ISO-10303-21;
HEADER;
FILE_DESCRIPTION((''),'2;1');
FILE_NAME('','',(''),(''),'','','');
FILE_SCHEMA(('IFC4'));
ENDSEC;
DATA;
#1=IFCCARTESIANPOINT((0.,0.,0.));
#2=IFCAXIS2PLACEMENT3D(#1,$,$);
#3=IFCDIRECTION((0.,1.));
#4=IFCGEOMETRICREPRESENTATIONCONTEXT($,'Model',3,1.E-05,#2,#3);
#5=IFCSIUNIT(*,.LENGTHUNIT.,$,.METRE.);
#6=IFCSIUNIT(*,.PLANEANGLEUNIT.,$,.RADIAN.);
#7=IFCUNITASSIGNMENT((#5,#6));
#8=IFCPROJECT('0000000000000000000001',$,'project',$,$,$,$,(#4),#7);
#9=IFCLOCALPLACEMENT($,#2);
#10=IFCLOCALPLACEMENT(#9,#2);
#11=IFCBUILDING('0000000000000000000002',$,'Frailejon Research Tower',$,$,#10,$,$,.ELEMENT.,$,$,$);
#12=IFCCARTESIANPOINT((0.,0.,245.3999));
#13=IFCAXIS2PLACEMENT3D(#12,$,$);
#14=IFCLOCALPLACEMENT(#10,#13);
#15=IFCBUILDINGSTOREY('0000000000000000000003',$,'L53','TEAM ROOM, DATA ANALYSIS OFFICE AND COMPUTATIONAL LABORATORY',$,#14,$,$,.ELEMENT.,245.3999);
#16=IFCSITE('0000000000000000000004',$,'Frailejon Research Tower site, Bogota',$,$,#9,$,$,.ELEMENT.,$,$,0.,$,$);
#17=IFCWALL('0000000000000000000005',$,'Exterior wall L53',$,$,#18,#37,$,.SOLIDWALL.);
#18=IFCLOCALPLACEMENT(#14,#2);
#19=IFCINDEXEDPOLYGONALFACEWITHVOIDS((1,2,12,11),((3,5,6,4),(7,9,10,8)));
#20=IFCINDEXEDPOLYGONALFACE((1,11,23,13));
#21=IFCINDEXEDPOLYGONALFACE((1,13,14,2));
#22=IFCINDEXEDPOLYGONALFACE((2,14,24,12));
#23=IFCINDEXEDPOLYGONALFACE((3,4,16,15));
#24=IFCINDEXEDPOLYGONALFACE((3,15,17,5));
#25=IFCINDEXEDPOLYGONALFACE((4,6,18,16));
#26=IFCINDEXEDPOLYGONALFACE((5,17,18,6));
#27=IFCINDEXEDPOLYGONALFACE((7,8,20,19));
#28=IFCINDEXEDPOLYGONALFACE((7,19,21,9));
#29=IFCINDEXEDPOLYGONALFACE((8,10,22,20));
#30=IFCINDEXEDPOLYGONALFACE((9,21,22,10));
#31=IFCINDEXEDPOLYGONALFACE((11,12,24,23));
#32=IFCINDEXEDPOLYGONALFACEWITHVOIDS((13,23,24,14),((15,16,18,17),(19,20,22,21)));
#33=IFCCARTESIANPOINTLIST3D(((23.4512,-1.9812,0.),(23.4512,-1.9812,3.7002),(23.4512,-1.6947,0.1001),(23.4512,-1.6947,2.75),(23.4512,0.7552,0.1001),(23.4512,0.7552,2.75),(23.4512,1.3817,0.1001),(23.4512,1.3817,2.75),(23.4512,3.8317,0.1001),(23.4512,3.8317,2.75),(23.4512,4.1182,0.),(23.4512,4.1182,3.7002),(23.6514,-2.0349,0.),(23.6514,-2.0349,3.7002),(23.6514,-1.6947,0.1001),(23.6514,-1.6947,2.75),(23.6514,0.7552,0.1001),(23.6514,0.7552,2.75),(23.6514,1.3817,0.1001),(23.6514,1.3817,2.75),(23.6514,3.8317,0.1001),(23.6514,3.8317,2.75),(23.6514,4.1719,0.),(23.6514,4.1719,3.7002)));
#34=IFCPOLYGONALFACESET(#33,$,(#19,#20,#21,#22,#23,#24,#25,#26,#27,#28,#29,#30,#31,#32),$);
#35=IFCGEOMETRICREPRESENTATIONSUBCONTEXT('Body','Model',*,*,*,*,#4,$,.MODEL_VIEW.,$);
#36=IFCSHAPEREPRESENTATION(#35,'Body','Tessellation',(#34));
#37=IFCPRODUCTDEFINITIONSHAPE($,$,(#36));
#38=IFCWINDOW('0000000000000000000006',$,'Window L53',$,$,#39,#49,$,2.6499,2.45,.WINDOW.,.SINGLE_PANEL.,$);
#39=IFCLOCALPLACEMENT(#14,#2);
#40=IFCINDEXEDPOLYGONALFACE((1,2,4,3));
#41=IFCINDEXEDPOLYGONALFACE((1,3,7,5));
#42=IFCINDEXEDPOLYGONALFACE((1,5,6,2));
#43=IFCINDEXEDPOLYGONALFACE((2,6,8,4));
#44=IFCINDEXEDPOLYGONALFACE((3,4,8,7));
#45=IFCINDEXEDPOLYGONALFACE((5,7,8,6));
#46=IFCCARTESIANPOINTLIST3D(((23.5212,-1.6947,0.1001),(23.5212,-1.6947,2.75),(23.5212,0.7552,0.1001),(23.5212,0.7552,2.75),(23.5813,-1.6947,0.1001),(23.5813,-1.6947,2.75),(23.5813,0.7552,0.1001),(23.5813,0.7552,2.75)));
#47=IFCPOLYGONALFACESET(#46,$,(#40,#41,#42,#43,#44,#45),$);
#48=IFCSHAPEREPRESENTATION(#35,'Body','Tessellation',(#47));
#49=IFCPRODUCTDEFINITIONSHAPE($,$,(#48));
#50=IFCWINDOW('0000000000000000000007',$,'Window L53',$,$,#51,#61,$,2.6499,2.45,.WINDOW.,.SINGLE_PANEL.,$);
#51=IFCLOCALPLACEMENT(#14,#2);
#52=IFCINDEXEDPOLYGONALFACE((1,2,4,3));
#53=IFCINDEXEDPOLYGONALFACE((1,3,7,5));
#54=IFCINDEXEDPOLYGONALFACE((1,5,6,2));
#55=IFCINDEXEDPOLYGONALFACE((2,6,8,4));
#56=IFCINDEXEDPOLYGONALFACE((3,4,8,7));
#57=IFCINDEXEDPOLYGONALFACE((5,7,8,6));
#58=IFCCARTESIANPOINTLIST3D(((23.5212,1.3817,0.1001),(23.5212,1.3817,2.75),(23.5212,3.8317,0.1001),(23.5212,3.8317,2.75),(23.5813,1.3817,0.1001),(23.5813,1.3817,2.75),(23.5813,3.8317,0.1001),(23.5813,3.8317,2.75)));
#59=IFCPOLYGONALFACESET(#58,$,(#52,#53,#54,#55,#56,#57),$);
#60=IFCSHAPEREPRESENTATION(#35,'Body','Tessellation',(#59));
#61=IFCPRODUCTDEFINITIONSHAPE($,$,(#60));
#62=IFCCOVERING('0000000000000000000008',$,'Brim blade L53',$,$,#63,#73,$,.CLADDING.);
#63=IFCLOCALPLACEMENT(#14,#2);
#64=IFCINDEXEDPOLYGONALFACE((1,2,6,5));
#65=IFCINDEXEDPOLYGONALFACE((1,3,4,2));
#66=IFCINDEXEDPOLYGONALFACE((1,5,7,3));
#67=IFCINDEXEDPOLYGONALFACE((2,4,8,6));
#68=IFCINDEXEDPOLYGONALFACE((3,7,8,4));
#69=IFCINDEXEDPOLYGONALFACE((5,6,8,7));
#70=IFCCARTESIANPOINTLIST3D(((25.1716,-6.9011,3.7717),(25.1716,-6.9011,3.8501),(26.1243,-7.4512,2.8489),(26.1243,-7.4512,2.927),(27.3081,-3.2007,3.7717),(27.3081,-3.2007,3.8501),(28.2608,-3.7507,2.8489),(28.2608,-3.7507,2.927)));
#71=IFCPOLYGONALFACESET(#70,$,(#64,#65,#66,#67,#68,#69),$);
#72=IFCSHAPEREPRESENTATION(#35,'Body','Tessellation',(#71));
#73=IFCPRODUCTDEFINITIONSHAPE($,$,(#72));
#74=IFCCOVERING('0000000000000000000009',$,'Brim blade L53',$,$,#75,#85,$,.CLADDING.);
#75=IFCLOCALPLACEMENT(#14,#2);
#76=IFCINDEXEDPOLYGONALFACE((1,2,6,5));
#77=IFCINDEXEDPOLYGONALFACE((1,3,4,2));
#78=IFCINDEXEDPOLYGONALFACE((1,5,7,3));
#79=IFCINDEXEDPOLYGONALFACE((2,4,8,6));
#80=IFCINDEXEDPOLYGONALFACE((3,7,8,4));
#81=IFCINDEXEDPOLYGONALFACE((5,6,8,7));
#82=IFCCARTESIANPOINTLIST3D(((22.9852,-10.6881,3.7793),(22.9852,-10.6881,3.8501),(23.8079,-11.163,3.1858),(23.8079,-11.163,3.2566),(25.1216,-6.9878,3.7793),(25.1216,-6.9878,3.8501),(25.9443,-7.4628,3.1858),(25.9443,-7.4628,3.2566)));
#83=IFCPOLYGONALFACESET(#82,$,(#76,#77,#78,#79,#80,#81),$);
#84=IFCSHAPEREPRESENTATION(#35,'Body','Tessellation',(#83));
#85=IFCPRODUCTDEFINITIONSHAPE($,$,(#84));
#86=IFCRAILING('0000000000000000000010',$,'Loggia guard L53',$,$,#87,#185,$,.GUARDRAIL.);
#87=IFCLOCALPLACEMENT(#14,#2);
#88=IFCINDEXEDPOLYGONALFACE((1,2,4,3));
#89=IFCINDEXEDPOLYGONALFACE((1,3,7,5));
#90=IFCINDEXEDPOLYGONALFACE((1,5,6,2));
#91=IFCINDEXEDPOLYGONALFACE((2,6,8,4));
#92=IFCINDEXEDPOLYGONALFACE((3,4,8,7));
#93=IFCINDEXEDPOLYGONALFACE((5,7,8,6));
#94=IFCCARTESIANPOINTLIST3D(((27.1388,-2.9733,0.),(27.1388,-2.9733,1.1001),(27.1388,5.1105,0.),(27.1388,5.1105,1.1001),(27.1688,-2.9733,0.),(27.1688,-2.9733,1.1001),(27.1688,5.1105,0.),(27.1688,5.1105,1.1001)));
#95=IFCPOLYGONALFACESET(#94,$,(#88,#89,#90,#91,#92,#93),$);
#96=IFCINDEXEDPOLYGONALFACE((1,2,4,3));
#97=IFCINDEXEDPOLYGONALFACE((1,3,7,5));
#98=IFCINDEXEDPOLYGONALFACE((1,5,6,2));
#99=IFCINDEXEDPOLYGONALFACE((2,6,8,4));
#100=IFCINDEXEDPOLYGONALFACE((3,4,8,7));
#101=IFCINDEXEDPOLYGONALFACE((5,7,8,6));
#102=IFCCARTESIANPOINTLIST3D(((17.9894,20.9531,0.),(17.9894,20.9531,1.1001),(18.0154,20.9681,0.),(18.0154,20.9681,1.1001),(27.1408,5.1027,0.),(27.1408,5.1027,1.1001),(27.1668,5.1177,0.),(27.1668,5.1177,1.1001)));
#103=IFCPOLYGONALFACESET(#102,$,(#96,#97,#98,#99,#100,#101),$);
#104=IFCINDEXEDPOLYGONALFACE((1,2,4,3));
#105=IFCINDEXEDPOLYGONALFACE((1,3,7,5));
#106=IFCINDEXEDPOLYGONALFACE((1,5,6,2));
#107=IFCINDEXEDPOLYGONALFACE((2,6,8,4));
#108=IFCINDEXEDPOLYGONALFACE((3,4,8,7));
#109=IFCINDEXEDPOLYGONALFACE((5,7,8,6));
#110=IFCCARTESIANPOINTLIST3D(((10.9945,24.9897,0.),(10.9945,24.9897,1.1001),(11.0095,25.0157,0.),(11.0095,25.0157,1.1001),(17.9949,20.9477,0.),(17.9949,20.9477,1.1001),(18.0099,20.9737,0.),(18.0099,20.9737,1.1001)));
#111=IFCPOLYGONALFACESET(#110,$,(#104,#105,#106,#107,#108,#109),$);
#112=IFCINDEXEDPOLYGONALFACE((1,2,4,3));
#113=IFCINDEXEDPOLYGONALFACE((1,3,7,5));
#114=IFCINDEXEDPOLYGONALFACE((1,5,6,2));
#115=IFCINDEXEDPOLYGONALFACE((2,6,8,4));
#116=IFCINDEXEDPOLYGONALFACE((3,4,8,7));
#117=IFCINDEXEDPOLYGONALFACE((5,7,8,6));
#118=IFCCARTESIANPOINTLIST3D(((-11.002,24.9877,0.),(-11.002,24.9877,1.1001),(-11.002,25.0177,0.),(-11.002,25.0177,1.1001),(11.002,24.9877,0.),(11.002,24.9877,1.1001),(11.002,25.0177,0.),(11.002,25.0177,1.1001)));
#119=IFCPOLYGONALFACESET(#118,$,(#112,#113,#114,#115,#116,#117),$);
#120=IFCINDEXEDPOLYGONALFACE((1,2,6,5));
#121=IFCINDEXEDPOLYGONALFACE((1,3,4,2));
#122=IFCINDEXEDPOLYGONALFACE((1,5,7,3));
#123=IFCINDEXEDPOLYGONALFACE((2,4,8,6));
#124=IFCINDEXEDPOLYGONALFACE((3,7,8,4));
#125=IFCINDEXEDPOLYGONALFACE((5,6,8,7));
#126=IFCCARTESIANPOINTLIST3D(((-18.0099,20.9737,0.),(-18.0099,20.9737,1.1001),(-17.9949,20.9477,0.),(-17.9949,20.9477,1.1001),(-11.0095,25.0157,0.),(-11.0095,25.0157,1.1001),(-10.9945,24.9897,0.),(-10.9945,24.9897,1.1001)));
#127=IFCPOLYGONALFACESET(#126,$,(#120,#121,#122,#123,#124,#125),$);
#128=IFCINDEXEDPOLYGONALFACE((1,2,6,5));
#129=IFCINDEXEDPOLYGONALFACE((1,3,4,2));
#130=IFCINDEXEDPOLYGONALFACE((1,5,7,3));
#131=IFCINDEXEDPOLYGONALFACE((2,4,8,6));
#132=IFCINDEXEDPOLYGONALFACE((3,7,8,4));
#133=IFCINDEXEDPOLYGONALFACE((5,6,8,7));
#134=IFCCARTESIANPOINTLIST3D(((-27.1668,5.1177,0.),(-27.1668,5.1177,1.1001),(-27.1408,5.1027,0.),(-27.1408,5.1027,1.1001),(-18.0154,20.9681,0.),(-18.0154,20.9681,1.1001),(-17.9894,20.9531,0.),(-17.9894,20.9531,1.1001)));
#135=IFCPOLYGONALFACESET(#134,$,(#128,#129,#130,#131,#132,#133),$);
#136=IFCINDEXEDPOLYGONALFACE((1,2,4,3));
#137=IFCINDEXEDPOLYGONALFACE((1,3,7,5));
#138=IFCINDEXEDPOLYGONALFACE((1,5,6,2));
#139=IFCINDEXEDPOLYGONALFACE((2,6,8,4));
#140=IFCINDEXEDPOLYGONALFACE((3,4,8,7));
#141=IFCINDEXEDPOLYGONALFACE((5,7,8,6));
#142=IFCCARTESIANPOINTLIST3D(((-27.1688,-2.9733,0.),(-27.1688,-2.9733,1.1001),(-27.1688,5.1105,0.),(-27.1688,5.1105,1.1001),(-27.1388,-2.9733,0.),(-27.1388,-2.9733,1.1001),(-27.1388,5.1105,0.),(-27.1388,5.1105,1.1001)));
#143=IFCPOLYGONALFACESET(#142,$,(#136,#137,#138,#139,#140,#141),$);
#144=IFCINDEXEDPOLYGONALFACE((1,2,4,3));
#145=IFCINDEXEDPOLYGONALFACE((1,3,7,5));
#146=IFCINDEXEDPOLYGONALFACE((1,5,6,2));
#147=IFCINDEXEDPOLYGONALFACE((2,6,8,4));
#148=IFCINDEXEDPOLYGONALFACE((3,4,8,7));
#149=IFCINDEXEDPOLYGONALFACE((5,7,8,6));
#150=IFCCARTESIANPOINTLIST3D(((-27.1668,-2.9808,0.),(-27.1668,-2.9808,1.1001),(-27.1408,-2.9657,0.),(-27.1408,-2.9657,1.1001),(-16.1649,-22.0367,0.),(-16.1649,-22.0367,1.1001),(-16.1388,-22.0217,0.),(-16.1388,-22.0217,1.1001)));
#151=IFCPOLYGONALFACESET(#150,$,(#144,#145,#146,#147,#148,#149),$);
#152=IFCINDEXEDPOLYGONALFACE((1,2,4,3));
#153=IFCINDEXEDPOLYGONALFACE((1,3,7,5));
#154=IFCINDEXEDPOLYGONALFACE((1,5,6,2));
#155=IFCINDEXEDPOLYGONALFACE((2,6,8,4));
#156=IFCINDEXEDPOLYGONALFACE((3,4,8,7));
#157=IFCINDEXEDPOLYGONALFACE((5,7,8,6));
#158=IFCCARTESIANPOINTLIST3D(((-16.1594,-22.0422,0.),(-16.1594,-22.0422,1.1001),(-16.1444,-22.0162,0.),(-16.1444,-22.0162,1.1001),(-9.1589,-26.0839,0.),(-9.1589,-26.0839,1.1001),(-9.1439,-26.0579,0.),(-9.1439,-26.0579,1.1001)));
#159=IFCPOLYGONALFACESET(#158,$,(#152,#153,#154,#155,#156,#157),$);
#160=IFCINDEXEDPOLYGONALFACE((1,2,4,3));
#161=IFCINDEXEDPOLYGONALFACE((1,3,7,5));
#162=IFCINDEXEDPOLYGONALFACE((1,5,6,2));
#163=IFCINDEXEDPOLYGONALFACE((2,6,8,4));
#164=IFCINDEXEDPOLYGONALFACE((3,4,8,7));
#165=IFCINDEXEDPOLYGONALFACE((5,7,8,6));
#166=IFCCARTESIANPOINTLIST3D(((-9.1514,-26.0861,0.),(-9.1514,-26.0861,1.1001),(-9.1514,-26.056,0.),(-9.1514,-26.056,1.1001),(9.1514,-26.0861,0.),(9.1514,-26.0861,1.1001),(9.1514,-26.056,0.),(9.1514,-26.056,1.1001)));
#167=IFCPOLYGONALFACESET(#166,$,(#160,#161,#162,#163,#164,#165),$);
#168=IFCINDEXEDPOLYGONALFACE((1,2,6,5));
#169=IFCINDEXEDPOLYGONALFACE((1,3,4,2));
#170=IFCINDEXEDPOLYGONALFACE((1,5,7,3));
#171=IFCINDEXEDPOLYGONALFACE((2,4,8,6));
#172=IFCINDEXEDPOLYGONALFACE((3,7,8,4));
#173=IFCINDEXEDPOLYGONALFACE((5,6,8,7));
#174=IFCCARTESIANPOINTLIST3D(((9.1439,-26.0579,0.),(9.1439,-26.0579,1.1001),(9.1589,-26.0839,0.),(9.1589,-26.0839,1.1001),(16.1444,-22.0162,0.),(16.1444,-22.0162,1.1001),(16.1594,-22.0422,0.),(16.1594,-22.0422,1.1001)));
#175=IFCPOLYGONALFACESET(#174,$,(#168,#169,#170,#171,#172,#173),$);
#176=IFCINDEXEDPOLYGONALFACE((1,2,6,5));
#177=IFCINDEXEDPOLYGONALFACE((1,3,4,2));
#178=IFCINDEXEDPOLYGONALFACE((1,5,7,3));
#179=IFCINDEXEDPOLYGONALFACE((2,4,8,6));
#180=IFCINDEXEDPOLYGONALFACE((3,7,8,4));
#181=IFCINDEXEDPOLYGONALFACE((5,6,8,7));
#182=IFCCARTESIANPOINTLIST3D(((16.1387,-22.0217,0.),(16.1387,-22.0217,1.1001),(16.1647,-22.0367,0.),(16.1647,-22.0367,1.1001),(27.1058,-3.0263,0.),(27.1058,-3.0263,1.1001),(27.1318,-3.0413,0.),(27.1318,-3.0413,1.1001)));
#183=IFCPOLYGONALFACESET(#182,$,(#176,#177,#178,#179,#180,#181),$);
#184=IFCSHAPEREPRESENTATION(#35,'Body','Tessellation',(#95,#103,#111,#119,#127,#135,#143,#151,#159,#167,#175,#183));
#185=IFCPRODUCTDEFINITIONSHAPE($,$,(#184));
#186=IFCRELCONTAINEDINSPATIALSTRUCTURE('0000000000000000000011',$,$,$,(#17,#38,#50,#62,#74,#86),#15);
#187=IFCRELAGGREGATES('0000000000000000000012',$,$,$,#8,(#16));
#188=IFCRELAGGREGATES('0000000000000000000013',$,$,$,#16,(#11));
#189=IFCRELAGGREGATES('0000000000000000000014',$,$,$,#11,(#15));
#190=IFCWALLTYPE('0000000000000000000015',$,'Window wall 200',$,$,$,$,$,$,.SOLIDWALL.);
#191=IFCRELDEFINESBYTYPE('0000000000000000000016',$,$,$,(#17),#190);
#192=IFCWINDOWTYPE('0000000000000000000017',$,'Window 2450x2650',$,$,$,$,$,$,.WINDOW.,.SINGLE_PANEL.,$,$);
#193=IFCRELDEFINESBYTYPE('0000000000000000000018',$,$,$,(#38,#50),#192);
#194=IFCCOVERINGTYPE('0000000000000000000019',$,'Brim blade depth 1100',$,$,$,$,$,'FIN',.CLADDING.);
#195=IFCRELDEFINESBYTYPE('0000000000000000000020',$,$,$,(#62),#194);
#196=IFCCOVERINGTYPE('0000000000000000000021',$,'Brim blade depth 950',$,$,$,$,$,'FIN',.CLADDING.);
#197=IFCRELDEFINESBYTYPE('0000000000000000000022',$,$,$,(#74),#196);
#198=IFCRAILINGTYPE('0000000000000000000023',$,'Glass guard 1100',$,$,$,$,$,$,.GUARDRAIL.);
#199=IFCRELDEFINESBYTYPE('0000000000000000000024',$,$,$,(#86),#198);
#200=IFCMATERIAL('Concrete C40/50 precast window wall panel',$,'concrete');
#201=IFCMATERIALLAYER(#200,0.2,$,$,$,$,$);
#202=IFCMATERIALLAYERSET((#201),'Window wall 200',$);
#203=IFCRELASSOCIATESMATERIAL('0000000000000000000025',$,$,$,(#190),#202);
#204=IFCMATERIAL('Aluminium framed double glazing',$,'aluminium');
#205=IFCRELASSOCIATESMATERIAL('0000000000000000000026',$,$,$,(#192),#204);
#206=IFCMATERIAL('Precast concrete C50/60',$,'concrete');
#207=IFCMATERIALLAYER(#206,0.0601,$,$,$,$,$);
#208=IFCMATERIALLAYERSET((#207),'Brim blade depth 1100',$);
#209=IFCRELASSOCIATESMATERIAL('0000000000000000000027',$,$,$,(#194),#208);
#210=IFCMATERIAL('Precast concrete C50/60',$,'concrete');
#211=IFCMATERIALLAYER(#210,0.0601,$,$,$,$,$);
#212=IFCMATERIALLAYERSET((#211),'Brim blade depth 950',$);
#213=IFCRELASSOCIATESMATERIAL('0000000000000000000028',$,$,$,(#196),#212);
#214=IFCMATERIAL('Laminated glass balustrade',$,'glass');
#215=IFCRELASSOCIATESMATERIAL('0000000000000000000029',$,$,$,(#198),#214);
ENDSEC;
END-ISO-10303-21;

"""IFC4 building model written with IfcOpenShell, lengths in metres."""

from ifc_helpers import new_model, si_unit, direction, frame, frame_2d, origin, origin_2d, place, context, subcontext, project, spatial, polyline, rectangle, outline, extrude, material, layer, layer_set, type_object, element, fill, save


model = new_model("IFC4")

# Units and contexts
model_context = context("Model", 3, precision=1e-05, world=origin(), true_north=direction((0.0, 1.0)))
body_context = subcontext(model_context, "Body", "Model", "MODEL_VIEW")
ifc_project = project(units=[si_unit("LENGTHUNIT", "METRE"), si_unit("PLANEANGLEUNIT", "RADIAN")], contexts=[model_context])

# Site, building, storey
site_placement = place(None, origin())
site = spatial("IfcSite", under=ifc_project, at=site_placement, Name="Frailejon Research Tower site, Bogota", CompositionType="ELEMENT", RefElevation=0.0)
building_placement = place(site_placement, origin())
building = spatial("IfcBuilding", under=site, at=building_placement, Name="Frailejon Research Tower", CompositionType="ELEMENT")
storey_placement = place(building_placement, frame((0.0, 0.0, 245.3999)))
storey = spatial("IfcBuildingStorey", under=building, at=storey_placement, Name="L53", Description="TEAM ROOM, DATA ANALYSIS OFFICE AND COMPUTATIONAL LABORATORY", CompositionType="ELEMENT", Elevation=245.3999)

# Wall, openings, windows
ifc_material_1 = material(Name="Concrete C40/50 precast window wall panel", Category="concrete")
ifc_layer_1 = layer(ifc_material_1, 0.2)
ifc_layer_set_1 = layer_set([ifc_layer_1], Name="Window wall 200")
wall_type_1 = type_object("IfcWallType", Name="Window wall 200", PredefinedType="SOLIDWALL", material=ifc_layer_set_1)
wall_1_placement = place(storey_placement, frame((23.5513, -2.0081, 0.0), z_axis=(0.0, 0.0, 1.0), x_axis=(0.0, 1.0, 0.0)))
wall_1 = element("IfcWall", 1, at=wall_1_placement, inside=storey, type_object=wall_type_1, Name="Exterior wall L53", PredefinedType="SOLIDWALL", context=body_context, shape_type="SweptSolid", body=[
    extrude(outline(polyline([(-0.0269, -0.1001), (1.0076, -0.1001), (2.042, -0.1001), (3.0767, -0.1001), (4.1111, -0.1001), (5.1455, -0.1001), (6.1799, -0.1001), (6.1262, 0.1001), (5.1096, 0.1001), (4.093, 0.1001), (3.0767, 0.1001), (2.0601, 0.1001), (1.0435, 0.1001), (0.0269, 0.1001), (-0.0269, -0.1001)])), origin(), (0.0, 0.0, 1.0), 3.7002),
])
opening_1_placement = place(wall_1_placement, frame((0.3132, 0.0, 0.1001)))
opening_1 = element("IfcOpeningElement", 2, at=opening_1_placement, cuts=wall_1, PredefinedType="OPENING", context=body_context, shape_type="SweptSolid", body=[
    extrude(rectangle(XDim=2.45, YDim=2.6499, at=frame_2d((1.2251, 1.325))), frame((0.0, 0.1099, 0.0), z_axis=(0.0, -1.0, 0.0), x_axis=(1.0, 0.0, 0.0)), (0.0, 0.0, 1.0), 0.22),
])
opening_2_placement = place(wall_1_placement, frame((3.3896, 0.0, 0.1001)))
opening_2 = element("IfcOpeningElement", 3, at=opening_2_placement, cuts=wall_1, PredefinedType="OPENING", context=body_context, shape_type="SweptSolid", body=[
    extrude(rectangle(XDim=2.45, YDim=2.6499, at=frame_2d((1.2251, 1.325))), frame((0.0, 0.1099, 0.0), z_axis=(0.0, -1.0, 0.0), x_axis=(1.0, 0.0, 0.0)), (0.0, 0.0, 1.0), 0.22),
])
ifc_material_2 = material(Name="Aluminium framed double glazing", Category="aluminium")
window_type = type_object("IfcWindowType", Name="Window 2450x2650", PartitioningType="SINGLE_PANEL", PredefinedType="WINDOW", material=ifc_material_2)
window_1_placement = place(opening_1_placement, origin())
window_1 = element("IfcWindow", 4, at=window_1_placement, inside=storey, type_object=window_type, Name="Window L53", OverallHeight=2.6499, OverallWidth=2.45, PartitioningType="SINGLE_PANEL", PredefinedType="WINDOW", context=body_context, shape_type="SweptSolid", body=[
    extrude(rectangle(XDim=2.45, YDim=2.6499, at=frame_2d((1.2251, 1.325))), frame((0.0, 0.03, 0.0), z_axis=(0.0, -1.0, 0.0), x_axis=(1.0, 0.0, 0.0)), (0.0, 0.0, 1.0), 0.0601),
])
fill(opening_1, window_1)
window_2_placement = place(opening_2_placement, origin())
window_2 = element("IfcWindow", 5, at=window_2_placement, inside=storey, type_object=window_type, Name="Window L53", OverallHeight=2.6499, OverallWidth=2.45, PartitioningType="SINGLE_PANEL", PredefinedType="WINDOW", context=body_context, shape_type="SweptSolid", body=[
    extrude(rectangle(XDim=2.45, YDim=2.6499, at=frame_2d((1.2251, 1.325))), frame((0.0, 0.03, 0.0), z_axis=(0.0, -1.0, 0.0), x_axis=(1.0, 0.0, 0.0)), (0.0, 0.0, 1.0), 0.0601),
])
fill(opening_2, window_2)

# Coverings
ifc_material_3 = material(Name="Precast concrete C50/60", Category="concrete")
ifc_layer_2 = layer(ifc_material_3, 0.0601)
ifc_layer_set_2 = layer_set([ifc_layer_2], Name="Brim blade depth 1100")
covering_type_1 = type_object("IfcCoveringType", Name="Brim blade depth 1100", ElementType="FIN", PredefinedType="CLADDING", material=ifc_layer_set_2)
covering_1_placement = place(storey_placement, frame((27.3081, -3.2007, 3.8501), z_axis=(-0.500013, -0.866018, 0.0), x_axis=(0.866018, -0.500013, 0.0)))
element("IfcCovering", 6, at=covering_1_placement, inside=storey, type_object=covering_type_1, Name="Brim blade L53", PredefinedType="CLADDING", context=body_context, shape_type="SweptSolid", body=[
    extrude(outline(polyline([(0.0, -0.0784), (1.1001, -1.0012), (1.1001, -0.9231), (0.0, 0.0), (0.0, -0.0784)])), origin(), (0.0, 0.0, 1.0), 4.2729),
])
ifc_material_4 = material(Name="Precast concrete C50/60", Category="concrete")
ifc_layer_3 = layer(ifc_material_4, 0.0601)
ifc_layer_set_3 = layer_set([ifc_layer_3], Name="Brim blade depth 950")
covering_type_2 = type_object("IfcCoveringType", Name="Brim blade depth 950", ElementType="FIN", PredefinedType="CLADDING", material=ifc_layer_set_3)
covering_2_placement = place(storey_placement, frame((25.1216, -6.9878, 3.8501), z_axis=(-0.499996, -0.866028, 0.0), x_axis=(0.866028, -0.499996, 0.0)))
element("IfcCovering", 7, at=covering_2_placement, inside=storey, type_object=covering_type_2, Name="Brim blade L53", PredefinedType="CLADDING", context=body_context, shape_type="SweptSolid", body=[
    extrude(outline(polyline([(0.0, -0.0708), (0.95, -0.6643), (0.95, -0.5935), (0.0, 0.0), (0.0, -0.0708)])), origin(), (0.0, 0.0, 1.0), 4.2727),
])

# Railing
ifc_material_5 = material(Name="Laminated glass balustrade", Category="glass")
railing_type = type_object("IfcRailingType", Name="Glass guard 1100", PredefinedType="GUARDRAIL", material=ifc_material_5)
railing_placement = place(storey_placement, frame((27.1538, -2.9734, 0.0)))
element("IfcRailing", 8, at=railing_placement, inside=storey, type_object=railing_type, Name="Loggia guard L53", PredefinedType="GUARDRAIL", context=body_context, shape_type="SweptSolid", body=[
    extrude(rectangle(XDim=8.0837, YDim=0.03, at=origin_2d()), frame((0.0, 4.042, 0.0), z_axis=(0.0, 0.0, 1.0), x_axis=(0.0, 1.0, 0.0)), (0.0, 0.0, 1.0), 1.1001),
    extrude(rectangle(XDim=18.3025, YDim=0.03, at=origin_2d()), frame((-4.5757, 16.0088, 0.0), z_axis=(0.0, 0.0, 1.0), x_axis=(-0.500007, 0.866021, 0.0)), (0.0, 0.0, 1.0), 1.1001),
    extrude(rectangle(XDim=8.0835, YDim=0.03, at=origin_2d()), frame((-12.6516, 25.9551, 0.0), z_axis=(0.0, 0.0, 1.0), x_axis=(-0.866012, 0.500024, 0.0)), (0.0, 0.0, 1.0), 1.1001),
    extrude(rectangle(XDim=22.0039, YDim=0.03, at=origin_2d()), frame((-27.1538, 27.9761, 0.0), z_axis=(0.0, 0.0, 1.0), x_axis=(-1.0, 0.0, 0.0)), (0.0, 0.0, 1.0), 1.1001),
    extrude(rectangle(XDim=8.0835, YDim=0.03, at=origin_2d()), frame((-41.656, 25.9551, 0.0), z_axis=(0.0, 0.0, 1.0), x_axis=(-0.866012, -0.500024, 0.0)), (0.0, 0.0, 1.0), 1.1001),
    extrude(rectangle(XDim=18.3025, YDim=0.03, at=origin_2d()), frame((-49.7319, 16.0088, 0.0), z_axis=(0.0, 0.0, 1.0), x_axis=(-0.500007, -0.866021, 0.0)), (0.0, 0.0, 1.0), 1.1001),
    extrude(rectangle(XDim=8.0837, YDim=0.03, at=origin_2d()), frame((-54.3076, 4.042, 0.0), z_axis=(0.0, 0.0, 1.0), x_axis=(0.0, -1.0, 0.0)), (0.0, 0.0, 1.0), 1.1001),
    extrude(rectangle(XDim=22.0039, YDim=0.03, at=origin_2d()), frame((-48.8066, -9.5278, 0.0), z_axis=(0.0, 0.0, 1.0), x_axis=(0.500001, -0.866025, 0.0)), (0.0, 0.0, 1.0), 1.1001),
    extrude(rectangle(XDim=8.0835, YDim=0.03, at=origin_2d()), frame((-39.8054, -21.0767, 0.0), z_axis=(0.0, 0.0, 1.0), x_axis=(0.866025, -0.500001, 0.0)), (0.0, 0.0, 1.0), 1.1001),
    extrude(rectangle(XDim=18.3027, YDim=0.03, at=origin_2d()), frame((-27.1538, -23.0977, 0.0), z_axis=(0.0, 0.0, 1.0), x_axis=(1.0, 0.0, 0.0)), (0.0, 0.0, 1.0), 1.1001),
    extrude(rectangle(XDim=8.0835, YDim=0.03, at=origin_2d()), frame((-14.5022, -21.0767, 0.0), z_axis=(0.0, 0.0, 1.0), x_axis=(0.866025, 0.500001, 0.0)), (0.0, 0.0, 1.0), 1.1001),
    extrude(rectangle(XDim=21.9341, YDim=0.03, at=origin_2d()), frame((-5.5186, -9.5581, 0.0), z_axis=(0.0, 0.0, 1.0), x_axis=(0.500002, 0.866024, 0.0)), (0.0, 0.0, 1.0), 1.1001),
])

save(model, "model.ifc")
